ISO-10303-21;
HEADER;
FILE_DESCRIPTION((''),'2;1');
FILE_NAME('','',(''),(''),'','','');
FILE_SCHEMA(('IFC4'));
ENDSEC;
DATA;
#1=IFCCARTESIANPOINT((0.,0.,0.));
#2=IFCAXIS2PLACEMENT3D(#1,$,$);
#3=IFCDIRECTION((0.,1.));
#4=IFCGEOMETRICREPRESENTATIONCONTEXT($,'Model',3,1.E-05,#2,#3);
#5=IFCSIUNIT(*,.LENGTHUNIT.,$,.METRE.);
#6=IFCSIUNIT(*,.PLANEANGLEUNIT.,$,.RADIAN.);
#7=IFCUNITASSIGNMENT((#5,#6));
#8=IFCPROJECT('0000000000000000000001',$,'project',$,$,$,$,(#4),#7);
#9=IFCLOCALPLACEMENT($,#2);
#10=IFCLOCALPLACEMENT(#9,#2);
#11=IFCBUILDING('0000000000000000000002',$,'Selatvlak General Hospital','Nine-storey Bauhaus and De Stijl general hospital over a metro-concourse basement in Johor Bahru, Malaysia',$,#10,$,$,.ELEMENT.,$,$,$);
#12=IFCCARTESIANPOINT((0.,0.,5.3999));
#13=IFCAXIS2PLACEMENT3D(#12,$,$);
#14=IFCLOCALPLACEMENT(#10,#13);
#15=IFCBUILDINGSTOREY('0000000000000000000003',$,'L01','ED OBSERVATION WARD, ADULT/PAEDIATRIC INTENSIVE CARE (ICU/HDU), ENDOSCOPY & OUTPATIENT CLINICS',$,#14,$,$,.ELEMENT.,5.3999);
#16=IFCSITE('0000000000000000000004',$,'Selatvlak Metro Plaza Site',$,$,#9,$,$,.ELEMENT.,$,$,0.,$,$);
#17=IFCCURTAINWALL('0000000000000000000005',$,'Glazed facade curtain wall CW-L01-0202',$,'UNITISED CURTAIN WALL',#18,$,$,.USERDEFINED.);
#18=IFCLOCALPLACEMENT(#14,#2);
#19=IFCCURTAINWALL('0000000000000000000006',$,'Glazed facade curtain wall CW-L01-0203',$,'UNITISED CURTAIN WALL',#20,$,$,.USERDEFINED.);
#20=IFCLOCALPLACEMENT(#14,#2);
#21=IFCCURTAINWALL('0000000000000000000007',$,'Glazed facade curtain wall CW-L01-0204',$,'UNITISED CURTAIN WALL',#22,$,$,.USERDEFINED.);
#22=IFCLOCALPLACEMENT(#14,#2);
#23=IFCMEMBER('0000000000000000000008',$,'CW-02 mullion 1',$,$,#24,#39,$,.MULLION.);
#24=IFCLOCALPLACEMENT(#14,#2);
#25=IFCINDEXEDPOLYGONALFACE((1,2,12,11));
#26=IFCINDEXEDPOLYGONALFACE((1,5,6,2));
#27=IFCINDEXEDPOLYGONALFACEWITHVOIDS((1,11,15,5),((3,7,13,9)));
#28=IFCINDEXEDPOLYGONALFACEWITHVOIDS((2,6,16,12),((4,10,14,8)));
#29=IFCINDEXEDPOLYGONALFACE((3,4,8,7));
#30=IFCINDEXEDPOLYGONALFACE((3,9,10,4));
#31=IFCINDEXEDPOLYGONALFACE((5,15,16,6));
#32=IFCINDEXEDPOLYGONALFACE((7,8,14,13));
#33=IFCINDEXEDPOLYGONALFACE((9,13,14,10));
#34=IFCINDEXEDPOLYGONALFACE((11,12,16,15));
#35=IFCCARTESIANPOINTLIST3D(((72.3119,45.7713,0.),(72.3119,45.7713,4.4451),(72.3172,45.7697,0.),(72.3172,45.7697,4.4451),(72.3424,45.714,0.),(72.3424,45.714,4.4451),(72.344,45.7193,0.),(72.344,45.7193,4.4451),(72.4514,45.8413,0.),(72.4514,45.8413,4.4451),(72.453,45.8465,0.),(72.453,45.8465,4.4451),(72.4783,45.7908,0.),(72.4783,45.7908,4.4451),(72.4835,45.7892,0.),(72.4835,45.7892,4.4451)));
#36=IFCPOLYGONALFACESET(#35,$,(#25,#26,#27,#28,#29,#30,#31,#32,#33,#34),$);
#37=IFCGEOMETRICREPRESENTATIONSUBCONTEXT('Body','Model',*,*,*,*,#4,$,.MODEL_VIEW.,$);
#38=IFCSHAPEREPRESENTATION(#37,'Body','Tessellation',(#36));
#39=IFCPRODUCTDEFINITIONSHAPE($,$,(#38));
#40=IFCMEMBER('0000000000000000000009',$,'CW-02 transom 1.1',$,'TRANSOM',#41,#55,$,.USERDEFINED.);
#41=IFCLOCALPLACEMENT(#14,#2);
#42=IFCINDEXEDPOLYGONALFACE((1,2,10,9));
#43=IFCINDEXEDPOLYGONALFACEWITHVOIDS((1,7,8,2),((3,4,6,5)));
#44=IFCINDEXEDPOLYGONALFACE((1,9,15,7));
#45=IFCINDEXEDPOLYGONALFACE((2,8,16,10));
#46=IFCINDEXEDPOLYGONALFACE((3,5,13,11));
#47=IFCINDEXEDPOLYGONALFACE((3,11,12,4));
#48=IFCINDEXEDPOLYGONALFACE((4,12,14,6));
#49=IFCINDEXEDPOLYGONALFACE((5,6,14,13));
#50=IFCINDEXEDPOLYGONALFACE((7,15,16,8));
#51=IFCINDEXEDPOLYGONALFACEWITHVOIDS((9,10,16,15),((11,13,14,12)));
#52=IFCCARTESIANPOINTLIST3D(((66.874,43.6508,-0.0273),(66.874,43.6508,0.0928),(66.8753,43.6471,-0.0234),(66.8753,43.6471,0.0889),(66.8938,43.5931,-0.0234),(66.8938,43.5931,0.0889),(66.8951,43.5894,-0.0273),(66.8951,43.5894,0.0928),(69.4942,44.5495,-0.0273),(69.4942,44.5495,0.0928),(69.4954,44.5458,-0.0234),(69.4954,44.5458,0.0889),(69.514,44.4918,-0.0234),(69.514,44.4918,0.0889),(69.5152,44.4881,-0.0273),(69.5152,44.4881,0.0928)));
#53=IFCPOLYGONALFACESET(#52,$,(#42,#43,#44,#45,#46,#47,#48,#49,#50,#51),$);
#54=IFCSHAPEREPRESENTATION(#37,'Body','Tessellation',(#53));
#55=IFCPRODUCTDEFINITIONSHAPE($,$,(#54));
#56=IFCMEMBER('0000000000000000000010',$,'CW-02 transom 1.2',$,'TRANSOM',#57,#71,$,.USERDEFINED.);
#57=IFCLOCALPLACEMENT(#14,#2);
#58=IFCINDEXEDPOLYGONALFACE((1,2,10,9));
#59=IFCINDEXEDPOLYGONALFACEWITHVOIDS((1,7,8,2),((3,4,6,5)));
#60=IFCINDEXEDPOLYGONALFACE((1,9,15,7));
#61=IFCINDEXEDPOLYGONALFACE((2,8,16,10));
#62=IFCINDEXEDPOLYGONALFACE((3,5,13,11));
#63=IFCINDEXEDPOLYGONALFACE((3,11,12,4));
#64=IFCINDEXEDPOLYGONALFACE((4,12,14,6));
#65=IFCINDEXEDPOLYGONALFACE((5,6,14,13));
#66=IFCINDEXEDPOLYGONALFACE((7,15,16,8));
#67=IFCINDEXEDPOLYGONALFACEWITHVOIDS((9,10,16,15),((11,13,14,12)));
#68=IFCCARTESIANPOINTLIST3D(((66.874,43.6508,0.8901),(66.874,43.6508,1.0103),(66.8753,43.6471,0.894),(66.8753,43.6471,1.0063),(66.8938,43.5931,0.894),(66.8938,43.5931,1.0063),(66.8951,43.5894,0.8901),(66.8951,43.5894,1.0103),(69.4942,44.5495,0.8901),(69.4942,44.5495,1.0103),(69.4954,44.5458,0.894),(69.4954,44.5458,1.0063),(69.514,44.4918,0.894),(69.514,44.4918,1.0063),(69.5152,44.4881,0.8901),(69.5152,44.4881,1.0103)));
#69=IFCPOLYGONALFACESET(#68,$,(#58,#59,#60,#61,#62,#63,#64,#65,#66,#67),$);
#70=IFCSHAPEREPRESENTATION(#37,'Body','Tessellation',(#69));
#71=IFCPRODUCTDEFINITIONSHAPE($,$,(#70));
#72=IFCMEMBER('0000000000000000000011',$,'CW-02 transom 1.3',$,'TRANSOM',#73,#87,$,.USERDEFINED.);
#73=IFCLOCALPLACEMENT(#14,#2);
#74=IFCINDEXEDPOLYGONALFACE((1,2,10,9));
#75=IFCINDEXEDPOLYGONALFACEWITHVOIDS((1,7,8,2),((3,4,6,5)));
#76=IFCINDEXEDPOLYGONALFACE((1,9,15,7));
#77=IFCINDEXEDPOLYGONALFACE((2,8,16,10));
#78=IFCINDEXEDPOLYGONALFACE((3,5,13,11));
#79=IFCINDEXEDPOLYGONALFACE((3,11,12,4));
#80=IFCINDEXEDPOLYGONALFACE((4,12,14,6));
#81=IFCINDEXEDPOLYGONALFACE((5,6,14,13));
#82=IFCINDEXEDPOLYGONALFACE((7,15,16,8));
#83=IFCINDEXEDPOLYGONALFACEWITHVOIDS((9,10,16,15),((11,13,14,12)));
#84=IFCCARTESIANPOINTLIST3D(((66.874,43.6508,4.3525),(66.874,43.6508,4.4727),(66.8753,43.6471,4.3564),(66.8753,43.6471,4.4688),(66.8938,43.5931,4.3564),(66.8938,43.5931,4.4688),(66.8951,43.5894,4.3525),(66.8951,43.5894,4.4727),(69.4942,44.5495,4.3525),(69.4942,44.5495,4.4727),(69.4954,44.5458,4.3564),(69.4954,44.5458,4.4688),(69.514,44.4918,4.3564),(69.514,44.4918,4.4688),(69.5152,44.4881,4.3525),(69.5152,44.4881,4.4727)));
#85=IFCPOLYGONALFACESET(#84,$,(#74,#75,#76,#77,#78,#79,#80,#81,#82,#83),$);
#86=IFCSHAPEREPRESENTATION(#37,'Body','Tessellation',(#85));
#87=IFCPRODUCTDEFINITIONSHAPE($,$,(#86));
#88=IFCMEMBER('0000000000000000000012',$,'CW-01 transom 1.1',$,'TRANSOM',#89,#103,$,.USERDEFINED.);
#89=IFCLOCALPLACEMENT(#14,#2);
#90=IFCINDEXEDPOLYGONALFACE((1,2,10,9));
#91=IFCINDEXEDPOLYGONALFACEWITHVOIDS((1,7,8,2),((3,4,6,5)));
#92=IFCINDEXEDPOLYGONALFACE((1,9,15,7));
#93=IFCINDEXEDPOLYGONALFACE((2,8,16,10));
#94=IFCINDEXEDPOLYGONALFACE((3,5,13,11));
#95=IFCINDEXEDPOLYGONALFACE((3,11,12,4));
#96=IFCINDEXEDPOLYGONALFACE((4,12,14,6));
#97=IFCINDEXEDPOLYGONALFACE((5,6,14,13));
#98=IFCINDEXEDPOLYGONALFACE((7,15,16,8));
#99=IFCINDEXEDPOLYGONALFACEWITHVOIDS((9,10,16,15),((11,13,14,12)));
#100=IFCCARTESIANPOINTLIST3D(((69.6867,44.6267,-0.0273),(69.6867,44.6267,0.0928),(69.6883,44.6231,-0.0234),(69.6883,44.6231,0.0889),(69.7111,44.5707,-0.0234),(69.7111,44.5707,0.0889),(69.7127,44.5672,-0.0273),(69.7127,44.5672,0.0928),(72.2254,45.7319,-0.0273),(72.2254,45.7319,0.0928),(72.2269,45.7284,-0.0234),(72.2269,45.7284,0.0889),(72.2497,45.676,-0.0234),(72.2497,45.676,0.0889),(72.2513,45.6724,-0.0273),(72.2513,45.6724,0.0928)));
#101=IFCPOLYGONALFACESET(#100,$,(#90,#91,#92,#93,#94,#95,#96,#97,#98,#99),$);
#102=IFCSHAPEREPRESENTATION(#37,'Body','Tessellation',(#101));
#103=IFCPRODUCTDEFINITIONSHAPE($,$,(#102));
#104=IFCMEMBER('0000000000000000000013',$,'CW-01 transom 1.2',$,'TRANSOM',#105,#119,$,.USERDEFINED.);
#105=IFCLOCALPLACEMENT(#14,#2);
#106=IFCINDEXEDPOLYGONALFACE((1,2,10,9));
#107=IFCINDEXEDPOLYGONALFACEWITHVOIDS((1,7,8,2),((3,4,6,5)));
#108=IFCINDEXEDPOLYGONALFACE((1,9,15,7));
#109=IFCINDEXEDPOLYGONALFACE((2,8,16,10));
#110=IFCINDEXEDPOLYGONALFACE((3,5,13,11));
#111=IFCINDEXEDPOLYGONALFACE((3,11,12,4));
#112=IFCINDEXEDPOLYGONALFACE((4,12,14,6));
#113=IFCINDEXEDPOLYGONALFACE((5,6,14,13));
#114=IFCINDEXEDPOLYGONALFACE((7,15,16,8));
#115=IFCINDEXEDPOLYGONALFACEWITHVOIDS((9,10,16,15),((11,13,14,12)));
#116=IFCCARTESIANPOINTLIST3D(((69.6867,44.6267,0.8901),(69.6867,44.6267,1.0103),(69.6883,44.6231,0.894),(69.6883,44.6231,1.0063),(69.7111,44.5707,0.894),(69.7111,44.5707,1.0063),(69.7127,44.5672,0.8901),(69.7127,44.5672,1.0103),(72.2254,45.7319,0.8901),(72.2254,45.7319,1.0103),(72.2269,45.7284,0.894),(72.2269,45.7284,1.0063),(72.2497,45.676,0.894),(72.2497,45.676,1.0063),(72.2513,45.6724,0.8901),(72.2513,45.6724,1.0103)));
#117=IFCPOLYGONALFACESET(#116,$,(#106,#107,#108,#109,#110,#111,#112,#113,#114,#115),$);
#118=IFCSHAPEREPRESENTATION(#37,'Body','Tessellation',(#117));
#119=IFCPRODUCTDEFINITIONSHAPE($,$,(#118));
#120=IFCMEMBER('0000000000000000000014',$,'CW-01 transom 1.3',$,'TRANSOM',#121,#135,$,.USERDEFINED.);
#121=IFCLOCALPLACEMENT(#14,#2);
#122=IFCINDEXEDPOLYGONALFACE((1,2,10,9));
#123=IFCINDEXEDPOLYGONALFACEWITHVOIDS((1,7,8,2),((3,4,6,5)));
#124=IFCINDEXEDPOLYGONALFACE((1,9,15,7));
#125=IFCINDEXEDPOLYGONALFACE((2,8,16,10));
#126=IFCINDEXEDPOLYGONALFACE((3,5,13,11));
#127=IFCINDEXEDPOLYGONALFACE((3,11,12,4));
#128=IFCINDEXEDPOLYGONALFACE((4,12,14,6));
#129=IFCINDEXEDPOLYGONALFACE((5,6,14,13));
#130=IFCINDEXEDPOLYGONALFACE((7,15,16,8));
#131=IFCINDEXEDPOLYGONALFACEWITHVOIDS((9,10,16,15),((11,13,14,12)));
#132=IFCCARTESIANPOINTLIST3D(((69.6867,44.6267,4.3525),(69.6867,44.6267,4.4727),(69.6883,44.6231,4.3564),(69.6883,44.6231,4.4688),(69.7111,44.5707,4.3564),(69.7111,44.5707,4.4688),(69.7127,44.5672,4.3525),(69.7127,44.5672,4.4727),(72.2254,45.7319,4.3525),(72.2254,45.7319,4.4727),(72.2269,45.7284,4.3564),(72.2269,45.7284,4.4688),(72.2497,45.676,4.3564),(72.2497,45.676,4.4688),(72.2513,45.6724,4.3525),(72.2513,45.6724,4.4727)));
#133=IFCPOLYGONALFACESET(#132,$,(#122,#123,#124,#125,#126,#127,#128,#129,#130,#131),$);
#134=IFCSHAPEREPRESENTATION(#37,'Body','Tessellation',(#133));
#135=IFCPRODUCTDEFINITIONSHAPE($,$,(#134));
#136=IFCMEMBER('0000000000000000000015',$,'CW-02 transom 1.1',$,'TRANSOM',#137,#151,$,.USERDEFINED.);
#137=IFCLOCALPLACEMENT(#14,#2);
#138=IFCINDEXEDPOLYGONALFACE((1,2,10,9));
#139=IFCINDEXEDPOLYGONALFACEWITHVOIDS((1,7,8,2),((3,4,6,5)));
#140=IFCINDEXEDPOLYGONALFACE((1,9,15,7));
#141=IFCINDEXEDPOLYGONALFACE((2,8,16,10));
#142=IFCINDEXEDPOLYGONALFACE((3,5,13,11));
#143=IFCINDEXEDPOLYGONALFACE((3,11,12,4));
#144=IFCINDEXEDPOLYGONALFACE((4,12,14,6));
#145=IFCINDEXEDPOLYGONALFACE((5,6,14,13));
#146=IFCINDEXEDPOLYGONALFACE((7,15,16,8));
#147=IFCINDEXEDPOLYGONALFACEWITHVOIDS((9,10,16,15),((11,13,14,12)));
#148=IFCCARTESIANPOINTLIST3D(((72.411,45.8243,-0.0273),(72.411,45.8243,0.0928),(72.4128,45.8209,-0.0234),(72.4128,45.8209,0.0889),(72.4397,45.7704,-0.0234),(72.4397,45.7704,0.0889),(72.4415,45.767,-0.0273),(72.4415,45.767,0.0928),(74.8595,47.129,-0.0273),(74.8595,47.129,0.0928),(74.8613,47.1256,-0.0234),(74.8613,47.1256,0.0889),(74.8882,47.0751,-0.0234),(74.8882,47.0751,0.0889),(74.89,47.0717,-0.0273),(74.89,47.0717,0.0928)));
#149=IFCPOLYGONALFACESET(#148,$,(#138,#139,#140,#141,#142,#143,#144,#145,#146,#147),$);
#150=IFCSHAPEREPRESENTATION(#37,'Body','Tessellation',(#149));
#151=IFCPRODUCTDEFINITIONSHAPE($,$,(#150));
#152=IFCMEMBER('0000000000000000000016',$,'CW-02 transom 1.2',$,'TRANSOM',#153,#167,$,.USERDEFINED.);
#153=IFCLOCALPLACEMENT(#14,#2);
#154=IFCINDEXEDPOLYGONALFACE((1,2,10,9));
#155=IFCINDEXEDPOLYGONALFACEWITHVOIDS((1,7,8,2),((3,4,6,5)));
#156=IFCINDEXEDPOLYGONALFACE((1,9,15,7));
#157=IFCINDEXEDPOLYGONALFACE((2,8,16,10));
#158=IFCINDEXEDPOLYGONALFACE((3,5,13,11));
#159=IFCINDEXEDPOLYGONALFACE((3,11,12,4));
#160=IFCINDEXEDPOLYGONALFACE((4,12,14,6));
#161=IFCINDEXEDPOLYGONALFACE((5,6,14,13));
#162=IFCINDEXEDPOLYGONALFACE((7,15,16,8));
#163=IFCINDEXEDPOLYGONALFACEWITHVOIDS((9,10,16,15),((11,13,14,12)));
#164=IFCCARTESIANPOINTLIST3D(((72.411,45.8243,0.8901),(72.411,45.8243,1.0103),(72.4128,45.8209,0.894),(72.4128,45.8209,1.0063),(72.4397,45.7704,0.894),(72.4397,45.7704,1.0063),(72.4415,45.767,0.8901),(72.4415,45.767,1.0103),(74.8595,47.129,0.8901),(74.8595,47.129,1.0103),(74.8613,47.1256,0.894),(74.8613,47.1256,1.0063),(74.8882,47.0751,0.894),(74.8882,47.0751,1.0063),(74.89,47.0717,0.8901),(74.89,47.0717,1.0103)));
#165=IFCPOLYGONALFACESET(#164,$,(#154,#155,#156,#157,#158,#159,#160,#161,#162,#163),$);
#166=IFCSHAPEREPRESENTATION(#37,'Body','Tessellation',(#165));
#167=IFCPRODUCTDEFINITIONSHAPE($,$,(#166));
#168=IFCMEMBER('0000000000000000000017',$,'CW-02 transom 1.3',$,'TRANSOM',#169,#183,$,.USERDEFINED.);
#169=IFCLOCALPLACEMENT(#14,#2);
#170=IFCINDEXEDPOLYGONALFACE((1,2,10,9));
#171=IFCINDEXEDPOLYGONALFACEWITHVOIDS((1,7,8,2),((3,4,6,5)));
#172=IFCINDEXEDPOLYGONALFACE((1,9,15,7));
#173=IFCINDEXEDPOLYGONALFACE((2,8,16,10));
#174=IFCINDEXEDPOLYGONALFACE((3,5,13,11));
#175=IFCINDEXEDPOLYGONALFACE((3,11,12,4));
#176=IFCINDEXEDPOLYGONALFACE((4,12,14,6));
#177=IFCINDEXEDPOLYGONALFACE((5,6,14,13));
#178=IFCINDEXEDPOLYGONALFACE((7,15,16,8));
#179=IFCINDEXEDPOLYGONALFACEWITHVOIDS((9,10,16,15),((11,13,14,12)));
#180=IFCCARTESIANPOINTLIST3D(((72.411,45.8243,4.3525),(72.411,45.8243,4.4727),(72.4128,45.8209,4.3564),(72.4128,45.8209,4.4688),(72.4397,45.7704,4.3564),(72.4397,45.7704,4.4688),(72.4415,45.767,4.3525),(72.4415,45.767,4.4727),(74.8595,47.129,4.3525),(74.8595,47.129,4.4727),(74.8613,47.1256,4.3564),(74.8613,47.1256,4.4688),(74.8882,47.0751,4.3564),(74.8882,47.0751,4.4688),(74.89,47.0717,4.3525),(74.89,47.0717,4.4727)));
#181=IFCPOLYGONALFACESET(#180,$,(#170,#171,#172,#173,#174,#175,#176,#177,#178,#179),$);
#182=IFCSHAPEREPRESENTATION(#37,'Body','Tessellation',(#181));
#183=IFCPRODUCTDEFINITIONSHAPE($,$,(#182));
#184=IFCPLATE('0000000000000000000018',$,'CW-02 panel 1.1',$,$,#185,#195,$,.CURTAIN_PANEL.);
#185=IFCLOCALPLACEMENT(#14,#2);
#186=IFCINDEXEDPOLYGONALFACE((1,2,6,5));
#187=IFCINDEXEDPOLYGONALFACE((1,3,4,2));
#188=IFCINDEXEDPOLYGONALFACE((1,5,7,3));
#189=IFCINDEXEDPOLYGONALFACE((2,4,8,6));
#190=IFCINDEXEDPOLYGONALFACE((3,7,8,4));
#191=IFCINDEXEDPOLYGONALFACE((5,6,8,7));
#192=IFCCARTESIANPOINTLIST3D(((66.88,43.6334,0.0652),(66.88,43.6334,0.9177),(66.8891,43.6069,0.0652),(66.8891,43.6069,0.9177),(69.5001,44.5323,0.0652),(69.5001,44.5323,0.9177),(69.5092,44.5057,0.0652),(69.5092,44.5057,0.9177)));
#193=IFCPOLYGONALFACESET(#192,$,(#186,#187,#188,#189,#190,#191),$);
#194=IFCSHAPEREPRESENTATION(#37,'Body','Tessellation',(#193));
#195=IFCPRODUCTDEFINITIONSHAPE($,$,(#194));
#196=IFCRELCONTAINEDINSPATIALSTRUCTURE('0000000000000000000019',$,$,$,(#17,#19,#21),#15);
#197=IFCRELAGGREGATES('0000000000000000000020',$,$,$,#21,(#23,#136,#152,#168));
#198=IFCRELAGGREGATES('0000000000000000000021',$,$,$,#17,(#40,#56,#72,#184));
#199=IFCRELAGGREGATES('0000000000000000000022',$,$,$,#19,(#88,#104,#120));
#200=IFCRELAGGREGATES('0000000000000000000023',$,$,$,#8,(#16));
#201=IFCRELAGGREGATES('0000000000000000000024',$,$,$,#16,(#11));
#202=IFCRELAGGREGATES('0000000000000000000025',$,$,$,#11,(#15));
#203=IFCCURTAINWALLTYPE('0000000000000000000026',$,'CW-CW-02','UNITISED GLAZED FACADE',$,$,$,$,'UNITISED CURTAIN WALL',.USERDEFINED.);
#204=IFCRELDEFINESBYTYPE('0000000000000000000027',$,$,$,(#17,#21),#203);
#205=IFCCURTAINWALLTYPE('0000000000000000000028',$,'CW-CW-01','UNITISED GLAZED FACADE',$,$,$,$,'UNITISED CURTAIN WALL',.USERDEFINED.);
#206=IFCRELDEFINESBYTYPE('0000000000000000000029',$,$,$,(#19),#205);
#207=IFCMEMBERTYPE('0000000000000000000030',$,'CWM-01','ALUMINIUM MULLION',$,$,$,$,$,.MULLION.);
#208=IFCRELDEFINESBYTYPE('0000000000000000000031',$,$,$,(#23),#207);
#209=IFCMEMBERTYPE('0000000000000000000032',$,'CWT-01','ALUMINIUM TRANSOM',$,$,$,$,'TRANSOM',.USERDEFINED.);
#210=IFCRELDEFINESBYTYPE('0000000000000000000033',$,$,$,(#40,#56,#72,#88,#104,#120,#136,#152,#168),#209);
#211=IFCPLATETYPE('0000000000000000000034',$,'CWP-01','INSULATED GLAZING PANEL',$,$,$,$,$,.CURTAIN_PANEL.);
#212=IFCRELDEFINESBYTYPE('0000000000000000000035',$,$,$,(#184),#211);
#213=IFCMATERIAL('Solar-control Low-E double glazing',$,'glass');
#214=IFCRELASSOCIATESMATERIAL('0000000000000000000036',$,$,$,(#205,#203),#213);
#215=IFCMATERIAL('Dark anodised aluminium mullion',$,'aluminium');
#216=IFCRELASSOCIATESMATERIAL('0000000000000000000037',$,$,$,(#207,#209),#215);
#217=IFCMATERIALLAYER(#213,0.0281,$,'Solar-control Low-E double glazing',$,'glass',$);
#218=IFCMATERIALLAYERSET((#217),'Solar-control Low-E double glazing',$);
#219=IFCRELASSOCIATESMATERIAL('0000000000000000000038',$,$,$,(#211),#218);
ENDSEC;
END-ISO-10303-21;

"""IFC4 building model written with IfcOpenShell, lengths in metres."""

from ifc_helpers import new_model, si_unit, direction, frame, origin, origin_2d, place, context, subcontext, project, spatial, rectangle, hollow_rectangle, extrude, material, layer, layer_set, material_profile, profile_set, type_object, element, aggregate, save


model = new_model("IFC4")

# Units and contexts
model_context = context("Model", 3, precision=1e-05, world=origin(), true_north=direction((0.0, 1.0)))
body_context = subcontext(model_context, "Body", "Model", "MODEL_VIEW")
ifc_project = project(units=[si_unit("LENGTHUNIT", "METRE"), si_unit("PLANEANGLEUNIT", "RADIAN")], contexts=[model_context])

# Site, building, storey
site_placement = place(None, origin())
site = spatial("IfcSite", under=ifc_project, at=site_placement, Name="Selatvlak Metro Plaza Site", CompositionType="ELEMENT", RefElevation=0.0)
building_placement = place(site_placement, origin())
building = spatial("IfcBuilding", under=site, at=building_placement, Name="Selatvlak General Hospital", Description="Nine-storey Bauhaus and De Stijl general hospital over a metro-concourse basement in Johor Bahru, Malaysia", CompositionType="ELEMENT")
storey_placement = place(building_placement, frame((0.0, 0.0, 5.3999)))
storey = spatial("IfcBuildingStorey", under=building, at=storey_placement, Name="L01", Description="ED OBSERVATION WARD, ADULT/PAEDIATRIC INTENSIVE CARE (ICU/HDU), ENDOSCOPY & OUTPATIENT CLINICS", CompositionType="ELEMENT", Elevation=5.3999)

# Shared definitions
ifc_material_1 = material(Name="Solar-control Low-E double glazing", Category="glass")
curtain_wall_type_1 = type_object("IfcCurtainWallType", Name="CW-CW-01", Description="UNITISED GLAZED FACADE", ElementType="UNITISED CURTAIN WALL", PredefinedType="USERDEFINED", material=ifc_material_1)
ifc_material_2 = material(Name="Dark anodised aluminium mullion", Category="aluminium")
ifc_material_profile_1 = material_profile(ifc_material_2, hollow_rectangle(XDim=0.0649, YDim=0.1599, WallThickness=0.0039, at=origin_2d()), Name="AL-MUL 65x160x4")
ifc_profile_set_1 = profile_set([ifc_material_profile_1], Name="Dark anodised aluminium mullion")
member_type_1 = type_object("IfcMemberType", Name="CWM-01", Description="ALUMINIUM MULLION", PredefinedType="MULLION", material=ifc_profile_set_1)

# Curtain walls
curtain_wall_type_2 = type_object("IfcCurtainWallType", Name="CW-CW-02", Description="UNITISED GLAZED FACADE", ElementType="UNITISED CURTAIN WALL", PredefinedType="USERDEFINED", material=ifc_material_1)
curtain_wall_1_placement = place(storey_placement, origin())
curtain_wall_1 = element("IfcCurtainWall", 1, at=curtain_wall_1_placement, inside=storey, type_object=curtain_wall_type_2, Name="Glazed facade curtain wall CW-L01-0202", ObjectType="UNITISED CURTAIN WALL", PredefinedType="USERDEFINED")
curtain_wall_2_placement = place(storey_placement, origin())
curtain_wall_2 = element("IfcCurtainWall", 2, at=curtain_wall_2_placement, inside=storey, type_object=curtain_wall_type_1, Name="Glazed facade curtain wall CW-L01-0203", ObjectType="UNITISED CURTAIN WALL", PredefinedType="USERDEFINED")

# Curtain wall, member
curtain_wall_3_placement = place(storey_placement, origin())
curtain_wall_3 = element("IfcCurtainWall", 3, at=curtain_wall_3_placement, inside=storey, type_object=curtain_wall_type_2, Name="Glazed facade curtain wall CW-L01-0204", ObjectType="UNITISED CURTAIN WALL", PredefinedType="USERDEFINED")
member_1_placement = place(storey_placement, frame((72.3977, 45.7803, 0.0), z_axis=(0.0, 0.0, 1.0), x_axis=(-0.470338, 0.882486, 0.0)))
member_1 = element("IfcMember", 4, at=member_1_placement, type_object=member_type_1, Name="CW-02 mullion 1", PredefinedType="MULLION", context=body_context, shape_type="SweptSolid", body=[
    extrude(hollow_rectangle(XDim=0.0649, YDim=0.1599, WallThickness=0.0039, at=origin_2d()), origin(), (0.0, 0.0, 1.0), 4.4451),
])

# Members
ifc_material_profile_2 = material_profile(ifc_material_2, hollow_rectangle(XDim=0.0649, YDim=0.1201, WallThickness=0.0039, at=origin_2d()), Name="AL-TRN 65x120x4")
ifc_profile_set_2 = profile_set([ifc_material_profile_2], Name="Dark anodised aluminium mullion")
member_type_2 = type_object("IfcMemberType", Name="CWT-01", Description="ALUMINIUM TRANSOM", ElementType="TRANSOM", PredefinedType="USERDEFINED", material=ifc_profile_set_2)
member_2_placement = place(storey_placement, frame((66.8845, 43.6201, 0.0327), z_axis=(0.945907, 0.324439, 0.0), x_axis=(-0.324439, 0.945907, 0.0)))
member_2 = element("IfcMember", 5, at=member_2_placement, type_object=member_type_2, Name="CW-02 transom 1.1", ObjectType="TRANSOM", PredefinedType="USERDEFINED", context=body_context, shape_type="SweptSolid", body=[
    extrude(hollow_rectangle(XDim=0.0649, YDim=0.1201, WallThickness=0.0039, at=origin_2d()), origin(), (0.0, 0.0, 1.0), 2.77),
])
member_3_placement = place(storey_placement, frame((66.8845, 43.6201, 0.9502), z_axis=(0.945907, 0.324439, 0.0), x_axis=(-0.324439, 0.945907, 0.0)))
member_3 = element("IfcMember", 6, at=member_3_placement, type_object=member_type_2, Name="CW-02 transom 1.2", ObjectType="TRANSOM", PredefinedType="USERDEFINED", context=body_context, shape_type="SweptSolid", body=[
    extrude(hollow_rectangle(XDim=0.0649, YDim=0.1201, WallThickness=0.0039, at=origin_2d()), origin(), (0.0, 0.0, 1.0), 2.77),
])
member_4_placement = place(storey_placement, frame((66.8845, 43.6201, 4.4126), z_axis=(0.945907, 0.324439, 0.0), x_axis=(-0.324439, 0.945907, 0.0)))
member_4 = element("IfcMember", 7, at=member_4_placement, type_object=member_type_2, Name="CW-02 transom 1.3", ObjectType="TRANSOM", PredefinedType="USERDEFINED", context=body_context, shape_type="SweptSolid", body=[
    extrude(hollow_rectangle(XDim=0.0649, YDim=0.1201, WallThickness=0.0039, at=origin_2d()), origin(), (0.0, 0.0, 1.0), 2.77),
])
member_5_placement = place(storey_placement, frame((69.6997, 44.5969, 0.0327), z_axis=(0.916872, 0.399181, 0.0), x_axis=(-0.399181, 0.916872, 0.0)))
member_5 = element("IfcMember", 8, at=member_5_placement, type_object=member_type_2, Name="CW-01 transom 1.1", ObjectType="TRANSOM", PredefinedType="USERDEFINED", context=body_context, shape_type="SweptSolid", body=[
    extrude(hollow_rectangle(XDim=0.0649, YDim=0.1201, WallThickness=0.0039, at=origin_2d()), origin(), (0.0, 0.0, 1.0), 2.7688),
])
member_6_placement = place(storey_placement, frame((69.6997, 44.5969, 0.9502), z_axis=(0.916872, 0.399181, 0.0), x_axis=(-0.399181, 0.916872, 0.0)))
member_6 = element("IfcMember", 9, at=member_6_placement, type_object=member_type_2, Name="CW-01 transom 1.2", ObjectType="TRANSOM", PredefinedType="USERDEFINED", context=body_context, shape_type="SweptSolid", body=[
    extrude(hollow_rectangle(XDim=0.0649, YDim=0.1201, WallThickness=0.0039, at=origin_2d()), origin(), (0.0, 0.0, 1.0), 2.7688),
])
member_7_placement = place(storey_placement, frame((69.6997, 44.5969, 4.4126), z_axis=(0.916872, 0.399181, 0.0), x_axis=(-0.399181, 0.916872, 0.0)))
member_7 = element("IfcMember", 10, at=member_7_placement, type_object=member_type_2, Name="CW-01 transom 1.3", ObjectType="TRANSOM", PredefinedType="USERDEFINED", context=body_context, shape_type="SweptSolid", body=[
    extrude(hollow_rectangle(XDim=0.0649, YDim=0.1201, WallThickness=0.0039, at=origin_2d()), origin(), (0.0, 0.0, 1.0), 2.7688),
])
member_8_placement = place(storey_placement, frame((72.4263, 45.7957, 0.0327), z_axis=(0.882528, 0.470259, 0.0), x_axis=(-0.470259, 0.882528, 0.0)))
member_8 = element("IfcMember", 11, at=member_8_placement, type_object=member_type_2, Name="CW-02 transom 1.1", ObjectType="TRANSOM", PredefinedType="USERDEFINED", context=body_context, shape_type="SweptSolid", body=[
    extrude(hollow_rectangle(XDim=0.0649, YDim=0.1201, WallThickness=0.0039, at=origin_2d()), origin(), (0.0, 0.0, 1.0), 2.7744),
])
member_9_placement = place(storey_placement, frame((72.4263, 45.7957, 0.9502), z_axis=(0.882528, 0.470259, 0.0), x_axis=(-0.470259, 0.882528, 0.0)))
member_9 = element("IfcMember", 12, at=member_9_placement, type_object=member_type_2, Name="CW-02 transom 1.2", ObjectType="TRANSOM", PredefinedType="USERDEFINED", context=body_context, shape_type="SweptSolid", body=[
    extrude(hollow_rectangle(XDim=0.0649, YDim=0.1201, WallThickness=0.0039, at=origin_2d()), origin(), (0.0, 0.0, 1.0), 2.7744),
])
member_10_placement = place(storey_placement, frame((72.4263, 45.7957, 4.4126), z_axis=(0.882528, 0.470259, 0.0), x_axis=(-0.470259, 0.882528, 0.0)))
member_10 = element("IfcMember", 13, at=member_10_placement, type_object=member_type_2, Name="CW-02 transom 1.3", ObjectType="TRANSOM", PredefinedType="USERDEFINED", context=body_context, shape_type="SweptSolid", body=[
    extrude(hollow_rectangle(XDim=0.0649, YDim=0.1201, WallThickness=0.0039, at=origin_2d()), origin(), (0.0, 0.0, 1.0), 2.7744),
])
aggregate(curtain_wall_3, [member_1, member_8, member_9, member_10])

# Plate
ifc_layer = layer(ifc_material_1, 0.0281, Name="Solar-control Low-E double glazing", Category="glass")
ifc_layer_set = layer_set([ifc_layer], Name="Solar-control Low-E double glazing")
plate_type = type_object("IfcPlateType", Name="CWP-01", Description="INSULATED GLAZING PANEL", PredefinedType="CURTAIN_PANEL", material=ifc_layer_set)
plate_1_placement = place(storey_placement, frame((68.1946, 44.0696, 0.0652), z_axis=(0.0, 0.0, 1.0), x_axis=(0.945889, 0.324492, 0.0)))
plate_1 = element("IfcPlate", 14, at=plate_1_placement, type_object=plate_type, Name="CW-02 panel 1.1", PredefinedType="CURTAIN_PANEL", context=body_context, shape_type="SweptSolid", body=[
    extrude(rectangle(XDim=2.77, YDim=0.0281, at=origin_2d()), origin(), (0.0, 0.0, 1.0), 0.8525),
])
aggregate(curtain_wall_1, [member_2, member_3, member_4, plate_1])
aggregate(curtain_wall_2, [member_5, member_6, member_7])

save(model, "model.ifc")
